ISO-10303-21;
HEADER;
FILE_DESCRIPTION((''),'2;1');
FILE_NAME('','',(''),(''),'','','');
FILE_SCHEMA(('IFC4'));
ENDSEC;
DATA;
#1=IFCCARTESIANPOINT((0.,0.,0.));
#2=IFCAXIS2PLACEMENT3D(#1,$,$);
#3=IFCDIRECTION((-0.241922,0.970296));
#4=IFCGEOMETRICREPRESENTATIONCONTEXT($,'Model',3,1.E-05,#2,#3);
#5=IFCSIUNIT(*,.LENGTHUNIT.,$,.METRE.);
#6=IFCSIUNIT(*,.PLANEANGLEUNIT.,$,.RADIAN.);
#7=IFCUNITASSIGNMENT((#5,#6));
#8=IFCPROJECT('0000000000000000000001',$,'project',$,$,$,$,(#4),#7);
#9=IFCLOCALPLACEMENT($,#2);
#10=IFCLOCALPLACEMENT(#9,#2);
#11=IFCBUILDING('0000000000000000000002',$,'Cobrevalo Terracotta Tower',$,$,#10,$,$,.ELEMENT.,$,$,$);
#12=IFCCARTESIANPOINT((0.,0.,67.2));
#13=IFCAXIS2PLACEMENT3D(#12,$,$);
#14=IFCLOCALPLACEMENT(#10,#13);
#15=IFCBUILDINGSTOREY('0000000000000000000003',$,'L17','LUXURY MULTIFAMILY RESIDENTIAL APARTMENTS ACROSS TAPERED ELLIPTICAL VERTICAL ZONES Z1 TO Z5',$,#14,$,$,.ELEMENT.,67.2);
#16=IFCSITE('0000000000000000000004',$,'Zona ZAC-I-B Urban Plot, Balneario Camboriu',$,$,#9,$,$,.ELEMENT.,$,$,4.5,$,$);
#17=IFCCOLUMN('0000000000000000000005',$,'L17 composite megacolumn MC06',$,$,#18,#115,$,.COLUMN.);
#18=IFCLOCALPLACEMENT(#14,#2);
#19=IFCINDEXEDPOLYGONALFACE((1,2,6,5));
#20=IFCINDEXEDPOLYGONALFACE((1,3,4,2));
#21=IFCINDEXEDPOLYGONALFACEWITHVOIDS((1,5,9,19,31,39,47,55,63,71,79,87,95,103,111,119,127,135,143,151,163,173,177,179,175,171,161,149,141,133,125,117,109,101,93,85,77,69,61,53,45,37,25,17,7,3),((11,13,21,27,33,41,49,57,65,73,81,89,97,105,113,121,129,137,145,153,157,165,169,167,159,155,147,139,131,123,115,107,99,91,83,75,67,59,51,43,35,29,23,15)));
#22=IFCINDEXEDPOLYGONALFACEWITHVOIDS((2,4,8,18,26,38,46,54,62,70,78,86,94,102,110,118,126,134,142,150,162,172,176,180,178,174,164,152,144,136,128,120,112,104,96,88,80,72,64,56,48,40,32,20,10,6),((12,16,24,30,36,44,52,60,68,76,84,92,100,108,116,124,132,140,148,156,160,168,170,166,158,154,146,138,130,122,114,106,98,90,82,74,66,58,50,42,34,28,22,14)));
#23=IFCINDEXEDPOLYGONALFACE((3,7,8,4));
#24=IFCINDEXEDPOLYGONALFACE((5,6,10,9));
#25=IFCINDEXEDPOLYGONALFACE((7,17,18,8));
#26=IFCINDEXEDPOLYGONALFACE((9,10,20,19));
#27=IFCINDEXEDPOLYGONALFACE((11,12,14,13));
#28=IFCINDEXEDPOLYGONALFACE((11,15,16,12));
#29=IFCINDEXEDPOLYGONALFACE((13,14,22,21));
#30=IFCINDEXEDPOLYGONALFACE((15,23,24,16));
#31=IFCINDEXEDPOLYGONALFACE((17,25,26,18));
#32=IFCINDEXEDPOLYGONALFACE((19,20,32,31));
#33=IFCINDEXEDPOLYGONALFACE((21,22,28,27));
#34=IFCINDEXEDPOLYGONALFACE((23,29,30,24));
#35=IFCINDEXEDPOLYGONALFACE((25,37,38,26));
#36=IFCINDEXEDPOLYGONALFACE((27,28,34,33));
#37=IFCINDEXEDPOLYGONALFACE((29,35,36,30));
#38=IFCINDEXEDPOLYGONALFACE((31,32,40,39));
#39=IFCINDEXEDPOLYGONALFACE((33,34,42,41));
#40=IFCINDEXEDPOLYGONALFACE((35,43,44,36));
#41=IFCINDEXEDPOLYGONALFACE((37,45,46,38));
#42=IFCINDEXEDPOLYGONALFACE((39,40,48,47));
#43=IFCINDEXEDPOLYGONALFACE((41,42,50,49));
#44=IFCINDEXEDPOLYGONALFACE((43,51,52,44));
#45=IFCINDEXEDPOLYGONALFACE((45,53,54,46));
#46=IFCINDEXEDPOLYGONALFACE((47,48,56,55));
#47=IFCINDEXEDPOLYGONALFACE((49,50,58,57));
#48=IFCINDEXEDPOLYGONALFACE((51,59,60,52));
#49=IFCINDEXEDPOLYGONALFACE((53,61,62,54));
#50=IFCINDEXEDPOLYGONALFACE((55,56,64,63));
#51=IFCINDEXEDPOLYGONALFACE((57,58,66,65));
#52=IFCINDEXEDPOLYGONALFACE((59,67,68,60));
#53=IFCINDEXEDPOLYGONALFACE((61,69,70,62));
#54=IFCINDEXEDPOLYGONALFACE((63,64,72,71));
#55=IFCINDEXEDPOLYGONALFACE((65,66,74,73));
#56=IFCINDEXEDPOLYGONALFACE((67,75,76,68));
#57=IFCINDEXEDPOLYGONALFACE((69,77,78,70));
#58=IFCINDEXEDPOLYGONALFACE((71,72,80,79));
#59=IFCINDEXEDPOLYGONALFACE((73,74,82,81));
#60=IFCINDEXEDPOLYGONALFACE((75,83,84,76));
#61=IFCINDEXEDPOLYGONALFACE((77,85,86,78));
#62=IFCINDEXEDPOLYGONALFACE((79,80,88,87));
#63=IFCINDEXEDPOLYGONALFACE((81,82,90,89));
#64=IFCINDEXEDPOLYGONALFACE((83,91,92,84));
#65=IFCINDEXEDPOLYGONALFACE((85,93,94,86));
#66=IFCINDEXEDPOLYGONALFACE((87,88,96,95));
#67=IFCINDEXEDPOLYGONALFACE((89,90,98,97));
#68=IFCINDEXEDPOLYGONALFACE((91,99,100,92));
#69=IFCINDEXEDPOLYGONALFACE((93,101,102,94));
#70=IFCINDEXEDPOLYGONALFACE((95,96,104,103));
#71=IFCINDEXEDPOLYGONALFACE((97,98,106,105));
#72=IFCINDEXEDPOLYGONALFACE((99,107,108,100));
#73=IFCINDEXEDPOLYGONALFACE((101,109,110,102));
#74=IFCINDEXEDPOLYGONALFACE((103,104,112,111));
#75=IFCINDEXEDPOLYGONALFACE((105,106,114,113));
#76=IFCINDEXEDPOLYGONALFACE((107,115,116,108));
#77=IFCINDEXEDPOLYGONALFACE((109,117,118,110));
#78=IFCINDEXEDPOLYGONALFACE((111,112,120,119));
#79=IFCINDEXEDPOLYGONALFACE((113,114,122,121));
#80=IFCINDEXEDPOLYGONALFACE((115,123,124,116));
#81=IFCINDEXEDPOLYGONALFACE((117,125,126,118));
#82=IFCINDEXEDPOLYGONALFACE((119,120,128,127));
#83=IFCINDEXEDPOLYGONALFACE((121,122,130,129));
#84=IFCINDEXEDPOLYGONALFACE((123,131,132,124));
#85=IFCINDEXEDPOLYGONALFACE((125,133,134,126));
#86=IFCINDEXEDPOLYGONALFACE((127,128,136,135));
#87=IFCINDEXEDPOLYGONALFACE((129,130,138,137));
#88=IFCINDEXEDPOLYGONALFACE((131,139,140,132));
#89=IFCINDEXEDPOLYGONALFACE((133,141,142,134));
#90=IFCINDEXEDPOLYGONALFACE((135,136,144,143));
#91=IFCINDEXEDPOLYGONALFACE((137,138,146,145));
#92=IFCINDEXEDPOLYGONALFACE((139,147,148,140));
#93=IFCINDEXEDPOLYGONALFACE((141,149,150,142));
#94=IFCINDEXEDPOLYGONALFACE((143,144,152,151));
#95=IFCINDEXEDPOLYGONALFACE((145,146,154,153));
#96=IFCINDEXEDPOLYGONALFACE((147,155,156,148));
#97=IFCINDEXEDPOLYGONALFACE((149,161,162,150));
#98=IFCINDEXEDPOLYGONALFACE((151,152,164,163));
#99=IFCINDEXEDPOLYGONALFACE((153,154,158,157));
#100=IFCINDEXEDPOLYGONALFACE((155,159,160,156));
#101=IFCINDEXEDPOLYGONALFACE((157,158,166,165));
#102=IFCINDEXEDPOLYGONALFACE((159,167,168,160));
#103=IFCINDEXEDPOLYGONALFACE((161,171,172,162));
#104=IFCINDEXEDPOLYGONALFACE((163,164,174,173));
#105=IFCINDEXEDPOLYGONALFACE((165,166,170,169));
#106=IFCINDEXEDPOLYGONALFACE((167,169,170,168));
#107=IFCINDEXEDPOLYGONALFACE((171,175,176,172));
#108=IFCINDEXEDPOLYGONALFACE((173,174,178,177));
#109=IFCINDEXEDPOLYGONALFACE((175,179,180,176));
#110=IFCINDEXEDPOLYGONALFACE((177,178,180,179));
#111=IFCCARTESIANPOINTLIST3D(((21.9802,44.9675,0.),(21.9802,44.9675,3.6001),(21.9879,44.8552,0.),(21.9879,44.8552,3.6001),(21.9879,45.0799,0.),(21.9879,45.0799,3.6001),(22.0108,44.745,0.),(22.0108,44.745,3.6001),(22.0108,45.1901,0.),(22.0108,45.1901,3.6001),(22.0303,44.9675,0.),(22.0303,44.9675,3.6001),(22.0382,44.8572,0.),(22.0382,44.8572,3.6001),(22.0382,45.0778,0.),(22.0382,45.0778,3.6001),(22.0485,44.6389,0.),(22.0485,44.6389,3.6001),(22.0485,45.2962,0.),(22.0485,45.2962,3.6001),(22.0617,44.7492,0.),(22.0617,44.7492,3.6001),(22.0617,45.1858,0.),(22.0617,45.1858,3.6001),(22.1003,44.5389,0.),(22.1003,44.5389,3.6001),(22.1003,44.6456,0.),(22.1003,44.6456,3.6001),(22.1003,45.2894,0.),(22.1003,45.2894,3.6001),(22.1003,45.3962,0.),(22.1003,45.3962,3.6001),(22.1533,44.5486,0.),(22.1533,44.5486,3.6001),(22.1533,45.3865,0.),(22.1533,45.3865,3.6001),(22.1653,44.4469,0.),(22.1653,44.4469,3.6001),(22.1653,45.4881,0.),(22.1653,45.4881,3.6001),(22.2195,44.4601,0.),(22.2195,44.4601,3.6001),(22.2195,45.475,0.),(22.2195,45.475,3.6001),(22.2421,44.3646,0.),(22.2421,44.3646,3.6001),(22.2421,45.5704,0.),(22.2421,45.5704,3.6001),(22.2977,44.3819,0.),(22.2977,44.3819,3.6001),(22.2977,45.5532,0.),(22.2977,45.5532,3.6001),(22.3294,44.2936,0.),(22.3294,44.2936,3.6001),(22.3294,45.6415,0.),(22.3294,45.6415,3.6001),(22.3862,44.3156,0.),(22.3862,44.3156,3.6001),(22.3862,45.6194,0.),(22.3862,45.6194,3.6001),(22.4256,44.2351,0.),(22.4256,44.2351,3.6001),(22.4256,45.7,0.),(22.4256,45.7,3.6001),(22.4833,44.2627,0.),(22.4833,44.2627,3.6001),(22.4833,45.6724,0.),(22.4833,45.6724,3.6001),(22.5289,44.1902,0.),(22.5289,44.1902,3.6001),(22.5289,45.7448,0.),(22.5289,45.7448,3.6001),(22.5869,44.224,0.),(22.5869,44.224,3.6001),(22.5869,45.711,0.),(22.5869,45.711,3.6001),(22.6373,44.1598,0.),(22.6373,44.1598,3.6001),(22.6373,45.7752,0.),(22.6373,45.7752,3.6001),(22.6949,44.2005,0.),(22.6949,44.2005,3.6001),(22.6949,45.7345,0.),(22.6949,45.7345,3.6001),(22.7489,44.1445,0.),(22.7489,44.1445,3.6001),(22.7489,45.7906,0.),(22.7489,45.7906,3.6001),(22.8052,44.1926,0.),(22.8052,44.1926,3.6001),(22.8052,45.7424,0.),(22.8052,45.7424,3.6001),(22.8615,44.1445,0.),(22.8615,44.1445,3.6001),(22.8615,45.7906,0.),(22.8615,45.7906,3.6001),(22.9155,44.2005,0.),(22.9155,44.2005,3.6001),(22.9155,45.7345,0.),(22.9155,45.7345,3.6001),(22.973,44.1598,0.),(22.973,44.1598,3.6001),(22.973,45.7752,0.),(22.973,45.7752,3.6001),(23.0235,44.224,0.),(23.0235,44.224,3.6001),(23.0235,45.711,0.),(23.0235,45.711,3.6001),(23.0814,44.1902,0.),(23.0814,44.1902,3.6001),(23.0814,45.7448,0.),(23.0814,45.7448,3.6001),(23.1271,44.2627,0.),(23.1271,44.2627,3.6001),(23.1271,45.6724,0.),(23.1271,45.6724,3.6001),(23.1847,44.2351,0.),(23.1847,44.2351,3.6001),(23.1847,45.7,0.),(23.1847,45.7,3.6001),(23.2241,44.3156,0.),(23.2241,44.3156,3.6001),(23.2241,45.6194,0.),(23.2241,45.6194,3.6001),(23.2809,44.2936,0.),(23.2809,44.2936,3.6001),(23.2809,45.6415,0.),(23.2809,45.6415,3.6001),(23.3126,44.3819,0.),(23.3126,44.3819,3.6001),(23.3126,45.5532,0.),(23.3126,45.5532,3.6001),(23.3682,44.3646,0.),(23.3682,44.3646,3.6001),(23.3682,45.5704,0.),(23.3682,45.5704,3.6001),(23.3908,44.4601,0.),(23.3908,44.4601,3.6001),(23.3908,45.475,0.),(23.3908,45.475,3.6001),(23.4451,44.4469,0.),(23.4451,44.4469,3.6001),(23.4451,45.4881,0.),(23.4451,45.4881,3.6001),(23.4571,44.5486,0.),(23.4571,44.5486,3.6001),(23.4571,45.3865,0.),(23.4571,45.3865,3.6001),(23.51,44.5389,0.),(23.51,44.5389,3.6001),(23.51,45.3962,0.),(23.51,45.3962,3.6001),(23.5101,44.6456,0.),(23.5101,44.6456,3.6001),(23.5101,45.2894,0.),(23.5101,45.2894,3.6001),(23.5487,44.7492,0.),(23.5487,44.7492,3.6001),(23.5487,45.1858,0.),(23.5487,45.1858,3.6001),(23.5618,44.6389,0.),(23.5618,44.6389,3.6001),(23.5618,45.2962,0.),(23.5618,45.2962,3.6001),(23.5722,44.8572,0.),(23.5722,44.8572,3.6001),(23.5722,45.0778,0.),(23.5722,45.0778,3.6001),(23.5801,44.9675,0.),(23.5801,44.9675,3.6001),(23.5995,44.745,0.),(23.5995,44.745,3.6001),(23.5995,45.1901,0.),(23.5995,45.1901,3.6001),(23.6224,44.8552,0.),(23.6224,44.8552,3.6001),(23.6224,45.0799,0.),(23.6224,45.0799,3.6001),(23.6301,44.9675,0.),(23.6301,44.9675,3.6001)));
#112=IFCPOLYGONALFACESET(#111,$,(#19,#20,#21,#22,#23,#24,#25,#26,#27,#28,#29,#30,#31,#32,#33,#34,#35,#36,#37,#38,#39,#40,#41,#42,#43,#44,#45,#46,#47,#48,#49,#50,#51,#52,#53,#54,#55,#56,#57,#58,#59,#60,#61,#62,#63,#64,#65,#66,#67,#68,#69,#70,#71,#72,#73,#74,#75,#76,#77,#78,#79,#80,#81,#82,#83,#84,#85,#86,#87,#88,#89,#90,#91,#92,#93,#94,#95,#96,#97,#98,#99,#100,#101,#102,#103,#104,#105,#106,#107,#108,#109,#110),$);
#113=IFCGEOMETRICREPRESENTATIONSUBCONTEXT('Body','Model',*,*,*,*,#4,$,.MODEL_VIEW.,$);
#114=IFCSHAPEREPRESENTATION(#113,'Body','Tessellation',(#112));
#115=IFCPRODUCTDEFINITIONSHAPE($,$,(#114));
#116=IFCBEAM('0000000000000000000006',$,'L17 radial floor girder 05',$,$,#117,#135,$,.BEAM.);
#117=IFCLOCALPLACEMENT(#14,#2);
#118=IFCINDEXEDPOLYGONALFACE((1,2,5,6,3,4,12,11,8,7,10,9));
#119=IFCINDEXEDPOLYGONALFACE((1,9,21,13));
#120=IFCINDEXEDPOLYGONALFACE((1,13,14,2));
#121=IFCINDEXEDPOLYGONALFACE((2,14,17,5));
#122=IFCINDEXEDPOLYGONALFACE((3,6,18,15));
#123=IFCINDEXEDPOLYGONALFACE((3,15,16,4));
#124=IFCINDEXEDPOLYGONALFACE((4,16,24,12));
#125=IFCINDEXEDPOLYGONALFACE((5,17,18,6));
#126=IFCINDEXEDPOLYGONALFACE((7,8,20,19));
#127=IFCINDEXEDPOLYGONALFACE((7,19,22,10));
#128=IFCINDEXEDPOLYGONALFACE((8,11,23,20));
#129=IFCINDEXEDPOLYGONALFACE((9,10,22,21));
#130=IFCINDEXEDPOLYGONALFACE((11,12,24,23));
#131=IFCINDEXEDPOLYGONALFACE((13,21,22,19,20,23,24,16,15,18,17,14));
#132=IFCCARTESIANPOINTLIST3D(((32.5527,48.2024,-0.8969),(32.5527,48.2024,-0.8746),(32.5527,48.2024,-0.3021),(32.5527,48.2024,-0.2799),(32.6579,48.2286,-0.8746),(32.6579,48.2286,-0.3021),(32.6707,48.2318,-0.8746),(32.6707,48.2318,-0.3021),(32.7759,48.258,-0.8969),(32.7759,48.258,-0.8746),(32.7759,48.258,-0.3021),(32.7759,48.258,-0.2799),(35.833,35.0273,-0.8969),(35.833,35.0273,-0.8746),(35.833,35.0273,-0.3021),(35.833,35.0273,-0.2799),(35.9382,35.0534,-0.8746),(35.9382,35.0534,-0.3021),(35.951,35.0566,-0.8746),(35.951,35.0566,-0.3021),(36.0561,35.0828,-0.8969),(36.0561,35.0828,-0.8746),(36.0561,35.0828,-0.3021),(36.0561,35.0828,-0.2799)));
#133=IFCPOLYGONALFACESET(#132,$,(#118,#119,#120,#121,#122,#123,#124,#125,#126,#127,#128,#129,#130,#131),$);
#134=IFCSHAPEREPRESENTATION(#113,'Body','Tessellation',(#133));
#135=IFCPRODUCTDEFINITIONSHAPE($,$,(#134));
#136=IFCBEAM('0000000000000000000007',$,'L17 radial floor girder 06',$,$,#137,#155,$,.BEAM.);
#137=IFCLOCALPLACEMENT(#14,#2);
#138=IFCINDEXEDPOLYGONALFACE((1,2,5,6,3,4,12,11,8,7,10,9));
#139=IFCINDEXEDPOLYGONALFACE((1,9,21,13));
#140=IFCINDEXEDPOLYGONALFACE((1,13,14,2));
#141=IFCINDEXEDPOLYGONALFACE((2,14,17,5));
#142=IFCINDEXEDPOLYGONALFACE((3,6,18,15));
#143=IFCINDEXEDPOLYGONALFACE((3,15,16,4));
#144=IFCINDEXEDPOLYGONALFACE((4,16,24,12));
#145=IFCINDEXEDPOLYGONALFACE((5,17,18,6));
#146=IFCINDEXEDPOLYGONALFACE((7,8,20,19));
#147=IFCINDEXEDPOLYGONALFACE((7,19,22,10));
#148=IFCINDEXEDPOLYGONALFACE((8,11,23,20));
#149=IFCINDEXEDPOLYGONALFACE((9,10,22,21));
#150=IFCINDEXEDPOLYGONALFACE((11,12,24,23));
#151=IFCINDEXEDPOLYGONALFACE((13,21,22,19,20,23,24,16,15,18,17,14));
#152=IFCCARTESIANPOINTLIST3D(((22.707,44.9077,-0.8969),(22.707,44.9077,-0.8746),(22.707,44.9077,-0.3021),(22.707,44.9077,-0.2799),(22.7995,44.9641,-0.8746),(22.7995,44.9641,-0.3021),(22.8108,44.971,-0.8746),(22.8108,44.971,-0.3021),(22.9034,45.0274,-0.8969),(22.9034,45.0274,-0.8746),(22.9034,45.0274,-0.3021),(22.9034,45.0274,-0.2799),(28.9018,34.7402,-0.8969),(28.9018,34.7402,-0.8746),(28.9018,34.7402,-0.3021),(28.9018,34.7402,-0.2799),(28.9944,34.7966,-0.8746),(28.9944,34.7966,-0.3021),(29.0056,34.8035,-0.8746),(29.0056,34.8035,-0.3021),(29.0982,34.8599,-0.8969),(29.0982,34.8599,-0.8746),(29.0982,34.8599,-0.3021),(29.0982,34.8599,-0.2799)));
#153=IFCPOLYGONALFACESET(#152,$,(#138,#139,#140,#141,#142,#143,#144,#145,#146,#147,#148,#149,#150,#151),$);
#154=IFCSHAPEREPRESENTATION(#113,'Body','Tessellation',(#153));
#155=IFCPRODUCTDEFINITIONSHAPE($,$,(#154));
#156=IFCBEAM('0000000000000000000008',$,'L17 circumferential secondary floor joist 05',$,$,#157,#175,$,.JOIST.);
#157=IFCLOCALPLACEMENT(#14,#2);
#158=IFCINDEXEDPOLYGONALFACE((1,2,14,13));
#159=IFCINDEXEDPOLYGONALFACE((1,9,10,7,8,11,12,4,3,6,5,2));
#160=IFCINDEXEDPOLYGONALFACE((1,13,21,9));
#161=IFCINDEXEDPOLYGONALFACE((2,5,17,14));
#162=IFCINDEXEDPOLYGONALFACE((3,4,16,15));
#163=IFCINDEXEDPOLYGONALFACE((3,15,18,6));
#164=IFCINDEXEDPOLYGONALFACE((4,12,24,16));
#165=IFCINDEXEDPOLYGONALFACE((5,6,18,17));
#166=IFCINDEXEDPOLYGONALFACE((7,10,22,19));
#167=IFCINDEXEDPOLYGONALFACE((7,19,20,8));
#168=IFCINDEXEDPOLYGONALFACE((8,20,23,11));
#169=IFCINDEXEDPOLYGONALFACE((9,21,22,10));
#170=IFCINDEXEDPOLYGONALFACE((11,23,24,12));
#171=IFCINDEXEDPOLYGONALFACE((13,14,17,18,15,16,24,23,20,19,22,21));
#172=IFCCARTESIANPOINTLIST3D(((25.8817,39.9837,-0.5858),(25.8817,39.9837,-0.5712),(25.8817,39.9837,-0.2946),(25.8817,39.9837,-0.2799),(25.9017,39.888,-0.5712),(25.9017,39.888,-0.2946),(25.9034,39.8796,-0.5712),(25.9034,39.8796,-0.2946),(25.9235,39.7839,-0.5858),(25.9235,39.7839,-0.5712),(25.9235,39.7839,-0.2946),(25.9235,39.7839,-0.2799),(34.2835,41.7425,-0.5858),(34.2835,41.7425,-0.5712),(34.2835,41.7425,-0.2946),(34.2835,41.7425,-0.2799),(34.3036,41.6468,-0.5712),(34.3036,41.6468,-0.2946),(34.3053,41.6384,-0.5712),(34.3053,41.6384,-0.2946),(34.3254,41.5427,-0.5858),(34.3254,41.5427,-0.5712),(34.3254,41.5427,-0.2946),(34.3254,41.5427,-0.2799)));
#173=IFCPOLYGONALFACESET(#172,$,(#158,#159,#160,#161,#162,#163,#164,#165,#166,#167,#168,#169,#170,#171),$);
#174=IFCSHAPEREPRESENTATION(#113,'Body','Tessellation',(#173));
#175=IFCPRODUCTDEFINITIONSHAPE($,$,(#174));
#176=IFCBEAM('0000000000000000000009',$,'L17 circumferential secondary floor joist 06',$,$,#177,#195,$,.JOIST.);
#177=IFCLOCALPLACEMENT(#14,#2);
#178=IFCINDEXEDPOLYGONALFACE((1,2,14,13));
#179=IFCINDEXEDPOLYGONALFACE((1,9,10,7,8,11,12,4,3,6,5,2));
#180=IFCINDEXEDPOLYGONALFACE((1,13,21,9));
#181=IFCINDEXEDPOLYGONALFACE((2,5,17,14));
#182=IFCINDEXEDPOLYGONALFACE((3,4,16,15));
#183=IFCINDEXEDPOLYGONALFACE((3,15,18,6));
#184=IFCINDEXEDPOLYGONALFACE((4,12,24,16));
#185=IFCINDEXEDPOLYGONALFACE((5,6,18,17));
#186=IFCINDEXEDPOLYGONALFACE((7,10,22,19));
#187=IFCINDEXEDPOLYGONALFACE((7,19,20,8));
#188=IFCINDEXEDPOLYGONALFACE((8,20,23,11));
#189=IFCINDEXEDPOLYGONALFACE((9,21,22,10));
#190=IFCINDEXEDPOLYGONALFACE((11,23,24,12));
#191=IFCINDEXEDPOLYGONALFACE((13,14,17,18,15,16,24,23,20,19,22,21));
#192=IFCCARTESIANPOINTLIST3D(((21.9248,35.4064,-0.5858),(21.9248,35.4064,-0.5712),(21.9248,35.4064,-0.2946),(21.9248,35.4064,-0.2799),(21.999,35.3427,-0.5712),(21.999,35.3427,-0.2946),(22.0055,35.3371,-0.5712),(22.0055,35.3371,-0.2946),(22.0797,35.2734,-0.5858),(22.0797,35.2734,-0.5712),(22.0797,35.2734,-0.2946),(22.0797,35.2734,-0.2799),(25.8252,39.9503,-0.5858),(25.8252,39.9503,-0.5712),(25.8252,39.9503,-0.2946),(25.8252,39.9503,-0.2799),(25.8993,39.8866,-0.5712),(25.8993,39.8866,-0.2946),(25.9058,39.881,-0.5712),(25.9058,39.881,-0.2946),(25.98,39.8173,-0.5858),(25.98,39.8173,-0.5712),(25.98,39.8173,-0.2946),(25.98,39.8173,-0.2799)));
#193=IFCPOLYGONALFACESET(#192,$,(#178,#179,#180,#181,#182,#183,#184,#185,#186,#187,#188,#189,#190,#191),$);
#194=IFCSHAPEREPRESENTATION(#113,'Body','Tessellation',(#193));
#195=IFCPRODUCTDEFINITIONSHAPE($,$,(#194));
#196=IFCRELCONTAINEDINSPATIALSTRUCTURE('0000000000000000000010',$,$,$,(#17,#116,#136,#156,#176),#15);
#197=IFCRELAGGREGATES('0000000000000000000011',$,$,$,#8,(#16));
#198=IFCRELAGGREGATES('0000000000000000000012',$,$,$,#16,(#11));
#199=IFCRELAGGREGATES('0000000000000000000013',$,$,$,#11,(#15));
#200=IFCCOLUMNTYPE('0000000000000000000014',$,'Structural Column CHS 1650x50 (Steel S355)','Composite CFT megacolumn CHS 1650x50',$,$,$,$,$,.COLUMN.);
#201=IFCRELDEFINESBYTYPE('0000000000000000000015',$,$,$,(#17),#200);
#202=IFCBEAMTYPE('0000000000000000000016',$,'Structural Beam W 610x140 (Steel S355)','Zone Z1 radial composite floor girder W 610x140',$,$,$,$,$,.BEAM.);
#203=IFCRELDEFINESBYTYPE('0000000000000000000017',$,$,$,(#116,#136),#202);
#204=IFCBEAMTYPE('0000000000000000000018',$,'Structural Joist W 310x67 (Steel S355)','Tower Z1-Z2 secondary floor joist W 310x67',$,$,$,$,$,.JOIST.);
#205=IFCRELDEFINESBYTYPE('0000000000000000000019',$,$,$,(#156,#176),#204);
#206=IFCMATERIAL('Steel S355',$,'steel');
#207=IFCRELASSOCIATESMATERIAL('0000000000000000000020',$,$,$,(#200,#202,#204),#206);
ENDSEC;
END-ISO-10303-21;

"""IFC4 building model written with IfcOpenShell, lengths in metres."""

from ifc_helpers import new_model, si_unit, direction, frame, origin, origin_2d, place, context, subcontext, project, spatial, hollow_circle, i_section, extrude, material, material_profile, profile_set, type_object, element, save


model = new_model("IFC4")

# Units and contexts
model_context = context("Model", 3, precision=1e-05, world=origin(), true_north=direction((-0.241922, 0.970296)))
body_context = subcontext(model_context, "Body", "Model", "MODEL_VIEW")
ifc_project = project(units=[si_unit("LENGTHUNIT", "METRE"), si_unit("PLANEANGLEUNIT", "RADIAN")], contexts=[model_context])

# Site, building, storey
site_placement = place(None, origin())
site = spatial("IfcSite", under=ifc_project, at=site_placement, Name="Zona ZAC-I-B Urban Plot, Balneario Camboriu", CompositionType="ELEMENT", RefElevation=4.5)
building_placement = place(site_placement, origin())
building = spatial("IfcBuilding", under=site, at=building_placement, Name="Cobrevalo Terracotta Tower", CompositionType="ELEMENT")
storey_placement = place(building_placement, frame((0.0, 0.0, 67.2)))
storey = spatial("IfcBuildingStorey", under=building, at=storey_placement, Name="L17", Description="LUXURY MULTIFAMILY RESIDENTIAL APARTMENTS ACROSS TAPERED ELLIPTICAL VERTICAL ZONES Z1 TO Z5", CompositionType="ELEMENT", Elevation=67.2)

# Column
ifc_material_1 = material(Name="Steel S355", Category="steel")
ifc_material_profile_1 = material_profile(ifc_material_1, hollow_circle(Radius=0.825, WallThickness=0.05, at=origin_2d()), Name="CHS 1650x50")
ifc_profile_set_1 = profile_set([ifc_material_profile_1], Name="Steel S355")
column_type = type_object("IfcColumnType", Name="Structural Column CHS 1650x50 (Steel S355)", Description="Composite CFT megacolumn CHS 1650x50", PredefinedType="COLUMN", material=ifc_profile_set_1)
for number, where, z_axis, x_axis, name in (
    (1, (22.8052, 44.9675, 0.0), (0.0, 0.0, 1.0), (1.0, 0.0, 0.0), "L17 composite megacolumn MC06"),
):
    element("IfcColumn", number, at=place(storey_placement, frame(where, z_axis=z_axis, x_axis=x_axis)), inside=storey, type_object=column_type, Name=name, PredefinedType="COLUMN", context=body_context, shape_type="SweptSolid", body=[
        extrude(hollow_circle(Radius=0.825, WallThickness=0.05, at=origin_2d()), origin(), (0.0, 0.0, 1.0), 3.6001),
    ])

# Beams
ifc_material_profile_2 = material_profile(ifc_material_1, i_section(OverallWidth=0.23, OverallDepth=0.6169, WebThickness=0.0132, FlangeThickness=0.0222, at=origin_2d()), Name="W 610x140")
ifc_profile_set_2 = profile_set([ifc_material_profile_2], Name="Steel S355")
beam_type_1 = type_object("IfcBeamType", Name="Structural Beam W 610x140 (Steel S355)", Description="Zone Z1 radial composite floor girder W 610x140", PredefinedType="BEAM", material=ifc_profile_set_2)
beam_1_placement = place(storey_placement, frame((32.6643, 48.2302, -0.5884), z_axis=(0.241596, -0.970377, 0.0), x_axis=(0.970377, 0.241596, 0.0)))
element("IfcBeam", 2, at=beam_1_placement, inside=storey, type_object=beam_type_1, Name="L17 radial floor girder 05", PredefinedType="BEAM", context=body_context, shape_type="SweptSolid", body=[
    extrude(i_section(OverallWidth=0.23, OverallDepth=0.6169, WebThickness=0.0132, FlangeThickness=0.0222, at=origin_2d()), origin(), (0.0, 0.0, 1.0), 13.5774),
])
beam_2_placement = place(storey_placement, frame((22.8052, 44.9675, -0.5884), z_axis=(0.52031, -0.853978, 0.0), x_axis=(0.853978, 0.52031, 0.0)))
element("IfcBeam", 3, at=beam_2_placement, inside=storey, type_object=beam_type_1, Name="L17 radial floor girder 06", PredefinedType="BEAM", context=body_context, shape_type="SweptSolid", body=[
    extrude(i_section(OverallWidth=0.23, OverallDepth=0.6169, WebThickness=0.0132, FlangeThickness=0.0222, at=origin_2d()), origin(), (0.0, 0.0, 1.0), 11.906),
])
ifc_material_profile_3 = material_profile(ifc_material_1, i_section(OverallWidth=0.2041, OverallDepth=0.3059, WebThickness=0.0085, FlangeThickness=0.0146, at=origin_2d()), Name="W 310x67")
ifc_profile_set_3 = profile_set([ifc_material_profile_3], Name="Steel S355")
beam_type_2 = type_object("IfcBeamType", Name="Structural Joist W 310x67 (Steel S355)", Description="Tower Z1-Z2 secondary floor joist W 310x67", PredefinedType="JOIST", material=ifc_profile_set_3)
beam_3_placement = place(storey_placement, frame((34.3044, 41.6426, -0.4329), z_axis=(-0.978785, -0.204892, 0.0), x_axis=(0.204892, -0.978785, 0.0)))
element("IfcBeam", 4, at=beam_3_placement, inside=storey, type_object=beam_type_2, Name="L17 circumferential secondary floor joist 05", PredefinedType="JOIST", context=body_context, shape_type="SweptSolid", body=[
    extrude(i_section(OverallWidth=0.2041, OverallDepth=0.3059, WebThickness=0.0085, FlangeThickness=0.0146, at=origin_2d()), origin(), (0.0, 0.0, 1.0), 8.584),
])
beam_4_placement = place(storey_placement, frame((25.9026, 39.8838, -0.4329), z_axis=(-0.651328, -0.758796, 0.0), x_axis=(0.758796, -0.651328, 0.0)))
element("IfcBeam", 5, at=beam_4_placement, inside=storey, type_object=beam_type_2, Name="L17 circumferential secondary floor joist 06", PredefinedType="JOIST", context=body_context, shape_type="SweptSolid", body=[
    extrude(i_section(OverallWidth=0.2041, OverallDepth=0.3059, WebThickness=0.0085, FlangeThickness=0.0146, at=origin_2d()), origin(), (0.0, 0.0, 1.0), 5.9883),
])

save(model, "model.ifc")
